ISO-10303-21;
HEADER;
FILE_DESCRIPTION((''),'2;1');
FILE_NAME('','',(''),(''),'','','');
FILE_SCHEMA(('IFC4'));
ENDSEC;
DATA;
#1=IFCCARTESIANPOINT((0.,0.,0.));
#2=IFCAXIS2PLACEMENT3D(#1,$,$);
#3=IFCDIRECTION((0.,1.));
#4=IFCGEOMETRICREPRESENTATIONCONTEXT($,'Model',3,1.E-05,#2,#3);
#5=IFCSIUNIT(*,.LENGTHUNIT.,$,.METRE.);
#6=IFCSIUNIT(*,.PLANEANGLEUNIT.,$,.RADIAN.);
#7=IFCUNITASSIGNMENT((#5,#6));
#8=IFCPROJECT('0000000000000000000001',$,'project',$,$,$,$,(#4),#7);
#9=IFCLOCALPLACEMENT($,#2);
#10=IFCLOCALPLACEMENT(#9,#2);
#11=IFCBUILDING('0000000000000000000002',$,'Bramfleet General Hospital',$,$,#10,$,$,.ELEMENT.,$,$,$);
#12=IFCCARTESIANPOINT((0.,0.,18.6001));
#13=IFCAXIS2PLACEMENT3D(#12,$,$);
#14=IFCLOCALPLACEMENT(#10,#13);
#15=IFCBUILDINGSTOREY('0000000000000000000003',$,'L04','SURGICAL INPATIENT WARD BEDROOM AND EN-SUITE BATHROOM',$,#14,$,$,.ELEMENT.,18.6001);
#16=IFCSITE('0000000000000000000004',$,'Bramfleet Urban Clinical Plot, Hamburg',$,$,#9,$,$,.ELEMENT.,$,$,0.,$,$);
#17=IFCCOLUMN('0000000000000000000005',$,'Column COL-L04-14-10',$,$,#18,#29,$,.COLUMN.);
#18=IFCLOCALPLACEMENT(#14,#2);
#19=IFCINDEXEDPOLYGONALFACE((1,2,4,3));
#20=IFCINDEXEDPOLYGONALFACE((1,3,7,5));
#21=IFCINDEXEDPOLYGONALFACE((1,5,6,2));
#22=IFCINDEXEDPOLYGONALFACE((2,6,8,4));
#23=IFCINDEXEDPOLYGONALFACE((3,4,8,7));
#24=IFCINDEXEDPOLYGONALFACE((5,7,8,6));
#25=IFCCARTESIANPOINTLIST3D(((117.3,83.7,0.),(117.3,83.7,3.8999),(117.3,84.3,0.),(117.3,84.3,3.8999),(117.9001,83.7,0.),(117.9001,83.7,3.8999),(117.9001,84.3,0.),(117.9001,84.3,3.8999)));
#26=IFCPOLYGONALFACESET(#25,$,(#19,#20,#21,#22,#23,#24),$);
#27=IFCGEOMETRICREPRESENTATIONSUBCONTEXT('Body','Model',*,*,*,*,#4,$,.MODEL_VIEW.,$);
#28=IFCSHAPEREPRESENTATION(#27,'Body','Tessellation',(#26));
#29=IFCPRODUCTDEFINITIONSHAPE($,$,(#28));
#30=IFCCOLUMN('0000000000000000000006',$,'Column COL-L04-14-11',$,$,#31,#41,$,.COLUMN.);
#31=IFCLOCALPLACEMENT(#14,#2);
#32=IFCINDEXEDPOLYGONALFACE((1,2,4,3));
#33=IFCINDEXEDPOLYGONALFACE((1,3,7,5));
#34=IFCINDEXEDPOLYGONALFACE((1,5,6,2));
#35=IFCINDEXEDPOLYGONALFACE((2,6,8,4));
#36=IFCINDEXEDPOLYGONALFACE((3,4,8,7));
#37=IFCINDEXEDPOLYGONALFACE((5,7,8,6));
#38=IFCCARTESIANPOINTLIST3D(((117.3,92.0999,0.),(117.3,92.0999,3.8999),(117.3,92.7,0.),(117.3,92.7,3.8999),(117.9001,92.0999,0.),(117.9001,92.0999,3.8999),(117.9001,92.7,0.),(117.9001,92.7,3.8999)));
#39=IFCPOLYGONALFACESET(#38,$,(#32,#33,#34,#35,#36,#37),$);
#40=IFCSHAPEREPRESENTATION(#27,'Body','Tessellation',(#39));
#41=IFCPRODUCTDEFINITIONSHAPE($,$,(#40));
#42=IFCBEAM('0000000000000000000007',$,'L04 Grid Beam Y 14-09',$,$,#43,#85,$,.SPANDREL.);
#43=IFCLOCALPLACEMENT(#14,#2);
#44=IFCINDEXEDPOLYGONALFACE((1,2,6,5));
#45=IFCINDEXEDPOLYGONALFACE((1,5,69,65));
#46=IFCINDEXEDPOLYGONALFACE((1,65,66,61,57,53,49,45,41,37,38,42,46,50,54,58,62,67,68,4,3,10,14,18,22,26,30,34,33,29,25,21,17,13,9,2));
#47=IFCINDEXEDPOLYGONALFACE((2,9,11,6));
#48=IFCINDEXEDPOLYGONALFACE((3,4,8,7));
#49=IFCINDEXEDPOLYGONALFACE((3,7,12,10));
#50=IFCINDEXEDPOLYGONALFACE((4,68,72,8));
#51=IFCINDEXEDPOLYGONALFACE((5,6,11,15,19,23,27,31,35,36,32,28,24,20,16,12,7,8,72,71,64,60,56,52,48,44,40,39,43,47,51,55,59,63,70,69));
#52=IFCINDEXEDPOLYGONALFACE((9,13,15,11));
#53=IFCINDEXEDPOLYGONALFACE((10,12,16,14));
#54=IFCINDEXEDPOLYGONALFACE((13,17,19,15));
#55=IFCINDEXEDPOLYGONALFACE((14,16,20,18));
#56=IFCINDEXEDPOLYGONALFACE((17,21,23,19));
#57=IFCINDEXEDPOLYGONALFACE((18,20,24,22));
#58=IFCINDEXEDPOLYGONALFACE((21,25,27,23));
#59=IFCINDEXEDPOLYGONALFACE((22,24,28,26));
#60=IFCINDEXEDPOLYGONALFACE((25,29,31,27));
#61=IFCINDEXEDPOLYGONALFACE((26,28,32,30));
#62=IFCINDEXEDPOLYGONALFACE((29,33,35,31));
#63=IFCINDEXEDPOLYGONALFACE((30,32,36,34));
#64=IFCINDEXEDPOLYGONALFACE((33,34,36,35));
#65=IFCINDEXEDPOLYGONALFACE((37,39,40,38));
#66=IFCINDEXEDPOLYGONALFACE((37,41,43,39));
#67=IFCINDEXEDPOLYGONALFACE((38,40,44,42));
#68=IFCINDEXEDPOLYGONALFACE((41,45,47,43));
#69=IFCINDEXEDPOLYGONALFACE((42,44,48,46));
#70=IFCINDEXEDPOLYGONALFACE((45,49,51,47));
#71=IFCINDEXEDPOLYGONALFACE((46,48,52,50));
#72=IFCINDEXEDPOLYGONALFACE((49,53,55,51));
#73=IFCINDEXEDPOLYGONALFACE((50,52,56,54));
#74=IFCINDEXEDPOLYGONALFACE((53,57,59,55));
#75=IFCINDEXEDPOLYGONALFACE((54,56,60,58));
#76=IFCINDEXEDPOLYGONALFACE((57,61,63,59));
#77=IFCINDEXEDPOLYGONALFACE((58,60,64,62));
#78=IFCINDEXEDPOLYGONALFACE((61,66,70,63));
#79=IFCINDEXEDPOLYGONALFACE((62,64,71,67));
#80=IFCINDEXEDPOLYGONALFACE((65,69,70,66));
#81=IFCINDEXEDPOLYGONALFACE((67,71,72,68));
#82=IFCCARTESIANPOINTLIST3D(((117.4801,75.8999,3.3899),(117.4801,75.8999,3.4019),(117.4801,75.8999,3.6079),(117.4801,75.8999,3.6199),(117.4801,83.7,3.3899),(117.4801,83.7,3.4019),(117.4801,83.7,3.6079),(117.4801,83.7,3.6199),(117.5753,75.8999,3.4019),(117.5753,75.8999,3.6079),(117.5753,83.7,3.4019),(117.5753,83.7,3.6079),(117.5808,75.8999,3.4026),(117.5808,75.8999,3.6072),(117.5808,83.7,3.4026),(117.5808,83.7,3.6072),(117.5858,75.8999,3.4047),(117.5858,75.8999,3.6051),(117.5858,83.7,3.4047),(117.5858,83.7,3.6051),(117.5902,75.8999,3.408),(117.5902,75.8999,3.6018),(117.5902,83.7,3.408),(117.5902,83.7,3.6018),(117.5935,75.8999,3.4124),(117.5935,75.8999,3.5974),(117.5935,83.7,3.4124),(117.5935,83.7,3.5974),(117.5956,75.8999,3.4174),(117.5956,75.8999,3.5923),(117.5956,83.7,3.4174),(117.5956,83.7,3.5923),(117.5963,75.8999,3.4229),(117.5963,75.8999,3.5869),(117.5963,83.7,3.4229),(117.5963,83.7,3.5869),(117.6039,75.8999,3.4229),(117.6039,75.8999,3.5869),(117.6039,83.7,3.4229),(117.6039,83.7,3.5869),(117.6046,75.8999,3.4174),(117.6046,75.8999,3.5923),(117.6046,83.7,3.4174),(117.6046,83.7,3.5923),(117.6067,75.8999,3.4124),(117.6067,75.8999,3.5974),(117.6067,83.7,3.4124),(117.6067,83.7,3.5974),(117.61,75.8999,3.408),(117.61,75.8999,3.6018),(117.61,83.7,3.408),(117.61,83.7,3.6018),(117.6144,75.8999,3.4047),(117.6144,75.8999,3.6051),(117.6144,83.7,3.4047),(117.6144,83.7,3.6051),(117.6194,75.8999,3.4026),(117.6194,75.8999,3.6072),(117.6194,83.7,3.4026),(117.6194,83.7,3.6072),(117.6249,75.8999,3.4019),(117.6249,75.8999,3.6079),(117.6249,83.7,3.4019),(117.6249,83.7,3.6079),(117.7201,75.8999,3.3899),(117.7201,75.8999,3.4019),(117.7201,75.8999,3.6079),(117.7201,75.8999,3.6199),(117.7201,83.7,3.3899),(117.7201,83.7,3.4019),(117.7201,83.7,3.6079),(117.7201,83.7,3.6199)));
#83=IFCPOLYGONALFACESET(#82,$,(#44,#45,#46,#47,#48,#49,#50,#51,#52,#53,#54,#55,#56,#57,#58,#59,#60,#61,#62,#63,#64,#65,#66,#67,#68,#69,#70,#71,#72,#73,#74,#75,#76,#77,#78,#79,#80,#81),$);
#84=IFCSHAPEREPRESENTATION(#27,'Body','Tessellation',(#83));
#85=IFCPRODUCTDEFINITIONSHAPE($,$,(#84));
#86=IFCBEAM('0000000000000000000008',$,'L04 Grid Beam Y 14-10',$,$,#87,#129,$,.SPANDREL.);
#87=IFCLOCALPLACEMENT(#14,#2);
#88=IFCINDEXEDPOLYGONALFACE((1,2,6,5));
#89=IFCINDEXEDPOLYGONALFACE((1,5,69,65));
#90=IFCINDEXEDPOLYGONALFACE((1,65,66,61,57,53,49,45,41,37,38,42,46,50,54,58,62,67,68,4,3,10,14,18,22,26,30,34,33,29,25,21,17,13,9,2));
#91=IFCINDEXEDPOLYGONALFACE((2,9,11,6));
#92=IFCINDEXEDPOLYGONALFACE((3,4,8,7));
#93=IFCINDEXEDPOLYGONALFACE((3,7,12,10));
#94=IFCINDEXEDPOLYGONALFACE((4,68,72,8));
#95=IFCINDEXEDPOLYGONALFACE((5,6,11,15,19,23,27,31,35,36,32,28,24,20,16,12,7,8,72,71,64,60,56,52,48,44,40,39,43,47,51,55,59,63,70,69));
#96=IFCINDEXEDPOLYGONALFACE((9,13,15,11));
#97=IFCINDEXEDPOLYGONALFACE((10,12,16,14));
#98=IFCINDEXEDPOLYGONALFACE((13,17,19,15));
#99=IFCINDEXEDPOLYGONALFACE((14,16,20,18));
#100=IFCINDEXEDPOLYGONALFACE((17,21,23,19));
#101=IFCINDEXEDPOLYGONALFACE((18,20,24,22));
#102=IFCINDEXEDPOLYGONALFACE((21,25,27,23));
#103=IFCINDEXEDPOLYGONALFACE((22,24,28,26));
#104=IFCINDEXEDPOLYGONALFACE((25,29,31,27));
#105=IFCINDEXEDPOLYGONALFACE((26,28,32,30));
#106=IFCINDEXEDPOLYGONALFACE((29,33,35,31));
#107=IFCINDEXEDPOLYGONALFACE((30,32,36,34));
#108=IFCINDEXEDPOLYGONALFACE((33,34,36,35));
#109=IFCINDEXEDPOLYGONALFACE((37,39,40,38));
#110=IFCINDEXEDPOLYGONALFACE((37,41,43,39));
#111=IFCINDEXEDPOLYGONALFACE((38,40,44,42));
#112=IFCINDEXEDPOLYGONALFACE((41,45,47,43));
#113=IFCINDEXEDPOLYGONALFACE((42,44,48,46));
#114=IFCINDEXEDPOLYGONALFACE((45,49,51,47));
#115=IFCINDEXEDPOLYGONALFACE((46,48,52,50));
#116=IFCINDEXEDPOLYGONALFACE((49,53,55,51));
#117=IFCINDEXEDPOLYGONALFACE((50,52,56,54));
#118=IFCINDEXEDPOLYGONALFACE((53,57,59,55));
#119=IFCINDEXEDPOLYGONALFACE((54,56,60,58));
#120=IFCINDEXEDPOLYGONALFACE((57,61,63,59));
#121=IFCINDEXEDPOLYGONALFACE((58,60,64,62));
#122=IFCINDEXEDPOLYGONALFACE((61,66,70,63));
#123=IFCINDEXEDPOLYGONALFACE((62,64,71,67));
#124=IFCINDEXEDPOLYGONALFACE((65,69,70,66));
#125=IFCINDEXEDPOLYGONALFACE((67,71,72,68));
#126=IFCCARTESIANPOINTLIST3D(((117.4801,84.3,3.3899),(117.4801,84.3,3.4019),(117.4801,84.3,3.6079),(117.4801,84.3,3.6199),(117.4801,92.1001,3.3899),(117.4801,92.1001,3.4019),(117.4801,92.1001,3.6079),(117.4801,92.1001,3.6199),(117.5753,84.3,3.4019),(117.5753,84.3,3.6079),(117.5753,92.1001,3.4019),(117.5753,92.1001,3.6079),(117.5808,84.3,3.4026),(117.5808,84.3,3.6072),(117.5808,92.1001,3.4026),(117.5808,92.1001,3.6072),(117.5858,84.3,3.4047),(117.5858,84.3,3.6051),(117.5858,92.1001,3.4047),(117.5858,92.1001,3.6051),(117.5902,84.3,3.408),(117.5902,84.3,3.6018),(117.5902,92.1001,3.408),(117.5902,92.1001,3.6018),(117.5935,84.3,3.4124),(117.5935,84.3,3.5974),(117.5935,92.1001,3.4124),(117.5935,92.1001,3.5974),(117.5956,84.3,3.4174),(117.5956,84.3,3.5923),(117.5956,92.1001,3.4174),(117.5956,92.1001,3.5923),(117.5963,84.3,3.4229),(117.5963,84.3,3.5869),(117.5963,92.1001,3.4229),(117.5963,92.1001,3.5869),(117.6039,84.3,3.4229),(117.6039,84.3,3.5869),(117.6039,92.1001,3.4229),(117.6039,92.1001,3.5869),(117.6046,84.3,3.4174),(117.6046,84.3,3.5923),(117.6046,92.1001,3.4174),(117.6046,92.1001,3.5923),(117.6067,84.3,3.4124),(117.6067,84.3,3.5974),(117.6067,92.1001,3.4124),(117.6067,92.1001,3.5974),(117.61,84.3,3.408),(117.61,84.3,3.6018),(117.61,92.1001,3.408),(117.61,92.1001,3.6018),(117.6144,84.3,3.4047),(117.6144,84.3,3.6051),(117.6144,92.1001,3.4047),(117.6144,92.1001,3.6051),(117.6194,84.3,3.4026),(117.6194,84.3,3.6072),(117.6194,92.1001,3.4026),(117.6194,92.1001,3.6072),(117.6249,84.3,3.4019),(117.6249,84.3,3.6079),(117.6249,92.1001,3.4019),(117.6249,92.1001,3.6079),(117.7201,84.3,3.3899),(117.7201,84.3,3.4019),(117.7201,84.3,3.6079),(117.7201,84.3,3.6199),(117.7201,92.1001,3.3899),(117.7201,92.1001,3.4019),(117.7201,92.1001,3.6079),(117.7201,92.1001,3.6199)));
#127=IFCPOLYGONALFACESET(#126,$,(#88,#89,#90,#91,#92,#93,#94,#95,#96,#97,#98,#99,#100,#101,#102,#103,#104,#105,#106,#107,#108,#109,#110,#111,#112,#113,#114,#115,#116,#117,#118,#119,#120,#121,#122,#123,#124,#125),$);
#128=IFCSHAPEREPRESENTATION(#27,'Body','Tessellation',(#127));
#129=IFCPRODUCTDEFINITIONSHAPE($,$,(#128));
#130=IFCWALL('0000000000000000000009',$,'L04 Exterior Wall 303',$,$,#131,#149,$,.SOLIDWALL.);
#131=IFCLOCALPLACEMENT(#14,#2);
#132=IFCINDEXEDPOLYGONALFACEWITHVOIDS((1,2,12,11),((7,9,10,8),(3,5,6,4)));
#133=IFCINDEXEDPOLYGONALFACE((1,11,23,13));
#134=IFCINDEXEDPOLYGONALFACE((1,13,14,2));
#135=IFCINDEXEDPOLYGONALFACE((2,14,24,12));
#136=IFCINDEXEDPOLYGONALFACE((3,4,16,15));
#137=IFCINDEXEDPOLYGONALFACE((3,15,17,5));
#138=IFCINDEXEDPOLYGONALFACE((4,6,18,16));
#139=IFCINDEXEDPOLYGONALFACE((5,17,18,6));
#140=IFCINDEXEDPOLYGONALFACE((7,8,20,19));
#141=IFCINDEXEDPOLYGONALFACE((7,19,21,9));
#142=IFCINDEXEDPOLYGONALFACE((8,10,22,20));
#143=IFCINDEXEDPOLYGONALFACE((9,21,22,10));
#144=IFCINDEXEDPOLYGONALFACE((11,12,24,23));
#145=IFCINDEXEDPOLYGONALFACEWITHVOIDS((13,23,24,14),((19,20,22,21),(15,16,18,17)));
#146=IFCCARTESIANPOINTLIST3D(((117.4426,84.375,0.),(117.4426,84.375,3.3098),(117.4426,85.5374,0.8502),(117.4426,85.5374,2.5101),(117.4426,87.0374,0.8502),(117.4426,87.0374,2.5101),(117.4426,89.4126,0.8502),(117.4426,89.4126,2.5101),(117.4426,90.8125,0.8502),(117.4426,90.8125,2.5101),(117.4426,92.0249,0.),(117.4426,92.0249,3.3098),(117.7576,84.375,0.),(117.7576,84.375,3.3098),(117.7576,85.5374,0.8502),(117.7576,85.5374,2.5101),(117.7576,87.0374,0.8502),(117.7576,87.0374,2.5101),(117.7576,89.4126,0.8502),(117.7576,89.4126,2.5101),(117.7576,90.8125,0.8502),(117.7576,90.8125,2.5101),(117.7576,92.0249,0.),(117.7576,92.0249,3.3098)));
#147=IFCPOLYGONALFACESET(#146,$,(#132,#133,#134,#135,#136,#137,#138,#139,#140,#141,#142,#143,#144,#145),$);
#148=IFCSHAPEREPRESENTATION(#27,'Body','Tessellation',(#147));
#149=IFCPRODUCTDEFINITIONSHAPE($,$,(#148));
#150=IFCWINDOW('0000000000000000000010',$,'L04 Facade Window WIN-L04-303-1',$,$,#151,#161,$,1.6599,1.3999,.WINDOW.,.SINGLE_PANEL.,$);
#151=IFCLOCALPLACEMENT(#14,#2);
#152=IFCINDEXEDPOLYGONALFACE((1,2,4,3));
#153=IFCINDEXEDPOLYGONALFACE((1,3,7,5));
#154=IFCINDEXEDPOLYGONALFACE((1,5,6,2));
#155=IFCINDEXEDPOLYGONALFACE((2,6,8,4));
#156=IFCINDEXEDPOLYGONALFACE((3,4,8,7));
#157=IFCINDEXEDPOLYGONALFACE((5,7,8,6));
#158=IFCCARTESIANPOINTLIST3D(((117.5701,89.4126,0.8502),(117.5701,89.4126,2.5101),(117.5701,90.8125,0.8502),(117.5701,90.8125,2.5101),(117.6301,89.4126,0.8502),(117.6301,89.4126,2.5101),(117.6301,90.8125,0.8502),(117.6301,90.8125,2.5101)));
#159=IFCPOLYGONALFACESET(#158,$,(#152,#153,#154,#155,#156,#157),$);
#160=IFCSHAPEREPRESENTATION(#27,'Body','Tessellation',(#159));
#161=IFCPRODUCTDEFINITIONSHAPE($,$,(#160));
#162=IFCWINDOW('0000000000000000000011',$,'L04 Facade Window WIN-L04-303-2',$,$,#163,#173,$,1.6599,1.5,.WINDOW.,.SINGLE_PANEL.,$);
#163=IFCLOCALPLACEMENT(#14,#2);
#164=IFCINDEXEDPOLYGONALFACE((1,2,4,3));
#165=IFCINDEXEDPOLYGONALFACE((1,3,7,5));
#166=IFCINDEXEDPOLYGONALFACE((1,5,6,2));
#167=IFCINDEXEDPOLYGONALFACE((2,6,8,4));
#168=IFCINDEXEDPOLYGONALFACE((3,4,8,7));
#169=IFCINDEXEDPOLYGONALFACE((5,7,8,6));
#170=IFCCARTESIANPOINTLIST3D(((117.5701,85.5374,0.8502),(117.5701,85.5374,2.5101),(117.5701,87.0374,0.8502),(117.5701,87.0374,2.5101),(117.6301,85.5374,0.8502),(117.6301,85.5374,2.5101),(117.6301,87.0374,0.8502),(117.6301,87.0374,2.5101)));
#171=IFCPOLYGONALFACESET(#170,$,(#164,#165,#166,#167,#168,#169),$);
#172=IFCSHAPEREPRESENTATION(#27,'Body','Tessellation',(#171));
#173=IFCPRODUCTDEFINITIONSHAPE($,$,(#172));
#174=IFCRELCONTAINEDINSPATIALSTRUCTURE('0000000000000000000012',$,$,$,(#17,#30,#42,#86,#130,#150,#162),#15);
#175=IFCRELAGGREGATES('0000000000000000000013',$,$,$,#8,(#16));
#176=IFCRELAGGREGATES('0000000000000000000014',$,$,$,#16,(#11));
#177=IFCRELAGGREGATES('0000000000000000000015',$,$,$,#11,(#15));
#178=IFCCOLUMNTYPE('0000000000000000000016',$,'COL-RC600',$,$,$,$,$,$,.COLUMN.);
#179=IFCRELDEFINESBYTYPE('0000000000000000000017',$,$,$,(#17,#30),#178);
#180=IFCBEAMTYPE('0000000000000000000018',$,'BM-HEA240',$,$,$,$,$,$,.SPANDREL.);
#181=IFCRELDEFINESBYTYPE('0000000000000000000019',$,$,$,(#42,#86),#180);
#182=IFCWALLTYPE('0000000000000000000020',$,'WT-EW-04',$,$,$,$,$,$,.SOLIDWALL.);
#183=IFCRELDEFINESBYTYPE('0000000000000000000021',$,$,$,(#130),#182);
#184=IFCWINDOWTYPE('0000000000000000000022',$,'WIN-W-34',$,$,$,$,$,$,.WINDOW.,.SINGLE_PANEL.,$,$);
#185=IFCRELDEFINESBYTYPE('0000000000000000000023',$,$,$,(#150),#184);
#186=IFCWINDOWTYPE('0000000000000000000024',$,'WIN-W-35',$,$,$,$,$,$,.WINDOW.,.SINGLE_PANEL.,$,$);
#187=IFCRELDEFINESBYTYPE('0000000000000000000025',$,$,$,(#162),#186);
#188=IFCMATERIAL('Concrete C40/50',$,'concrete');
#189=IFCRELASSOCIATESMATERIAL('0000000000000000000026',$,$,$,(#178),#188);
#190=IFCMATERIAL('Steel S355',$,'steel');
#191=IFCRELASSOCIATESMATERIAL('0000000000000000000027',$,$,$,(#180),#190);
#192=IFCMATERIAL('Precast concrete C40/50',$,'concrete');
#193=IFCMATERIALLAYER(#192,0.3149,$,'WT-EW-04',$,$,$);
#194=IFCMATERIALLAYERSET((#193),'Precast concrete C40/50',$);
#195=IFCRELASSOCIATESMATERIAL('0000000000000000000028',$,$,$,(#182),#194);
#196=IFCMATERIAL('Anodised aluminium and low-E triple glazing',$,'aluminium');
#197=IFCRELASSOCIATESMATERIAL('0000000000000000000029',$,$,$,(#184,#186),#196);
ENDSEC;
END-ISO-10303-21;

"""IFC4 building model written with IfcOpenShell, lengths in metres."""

from ifc_helpers import new_model, si_unit, direction, frame, frame_2d, origin, origin_2d, place, context, subcontext, project, spatial, rectangle, i_section, extrude, material, layer, layer_set, material_profile, profile_set, type_object, element, fill, save


model = new_model("IFC4")

# Units and contexts
model_context = context("Model", 3, precision=1e-05, world=origin(), true_north=direction((0.0, 1.0)))
body_context = subcontext(model_context, "Body", "Model", "MODEL_VIEW")
ifc_project = project(units=[si_unit("LENGTHUNIT", "METRE"), si_unit("PLANEANGLEUNIT", "RADIAN")], contexts=[model_context])

# Site, building, storey
site_placement = place(None, origin())
site = spatial("IfcSite", under=ifc_project, at=site_placement, Name="Bramfleet Urban Clinical Plot, Hamburg", CompositionType="ELEMENT", RefElevation=0.0)
building_placement = place(site_placement, origin())
building = spatial("IfcBuilding", under=site, at=building_placement, Name="Bramfleet General Hospital", CompositionType="ELEMENT")
storey_placement = place(building_placement, frame((0.0, 0.0, 18.6001)))
storey = spatial("IfcBuildingStorey", under=building, at=storey_placement, Name="L04", Description="SURGICAL INPATIENT WARD BEDROOM AND EN-SUITE BATHROOM", CompositionType="ELEMENT", Elevation=18.6001)

# Columns
ifc_material_1 = material(Name="Concrete C40/50", Category="concrete")
ifc_material_profile_1 = material_profile(ifc_material_1, rectangle(XDim=0.6001, YDim=0.6001, at=origin_2d()), Name="RC COL 600x600")
ifc_profile_set_1 = profile_set([ifc_material_profile_1], Name="Concrete C40/50")
column_type = type_object("IfcColumnType", Name="COL-RC600", PredefinedType="COLUMN", material=ifc_profile_set_1)
for number, where, z_axis, x_axis, name in (
    (1, (117.6001, 84.0, 0.0), (0.0, 0.0, 1.0), (1.0, 0.0, 0.0), "Column COL-L04-14-10"),
    (2, (117.6001, 92.3999, 0.0), (0.0, 0.0, 1.0), (1.0, 0.0, 0.0), "Column COL-L04-14-11"),
):
    element("IfcColumn", number, at=place(storey_placement, frame(where, z_axis=z_axis, x_axis=x_axis)), inside=storey, type_object=column_type, Name=name, PredefinedType="COLUMN", context=body_context, shape_type="SweptSolid", body=[
        extrude(rectangle(XDim=0.6001, YDim=0.6001, at=origin_2d()), origin(), (0.0, 0.0, 1.0), 3.8999),
    ])

# Beams
ifc_material_2 = material(Name="Steel S355", Category="steel")
ifc_material_profile_2 = material_profile(ifc_material_2, i_section(OverallWidth=0.24, OverallDepth=0.23, WebThickness=0.0076, FlangeThickness=0.012, FilletRadius=0.021, at=origin_2d()), Name="HEA 240")
ifc_profile_set_2 = profile_set([ifc_material_profile_2], Name="Steel S355")
beam_type = type_object("IfcBeamType", Name="BM-HEA240", PredefinedType="SPANDREL", material=ifc_profile_set_2)
for number, where, z_axis, x_axis, name in (
    (3, (117.6001, 75.8999, 3.5049), (0.0, 1.0, 0.0), (-1.0, 0.0, 0.0), "L04 Grid Beam Y 14-09"),
    (4, (117.6001, 84.3, 3.5049), (0.0, 1.0, 0.0), (-1.0, 0.0, 0.0), "L04 Grid Beam Y 14-10"),
):
    element("IfcBeam", number, at=place(storey_placement, frame(where, z_axis=z_axis, x_axis=x_axis)), inside=storey, type_object=beam_type, Name=name, PredefinedType="SPANDREL", context=body_context, shape_type="SweptSolid", body=[
        extrude(i_section(OverallWidth=0.24, OverallDepth=0.23, WebThickness=0.0076, FlangeThickness=0.012, FilletRadius=0.021, at=origin_2d()), origin(), (0.0, 0.0, 1.0), 7.8),
    ])

# Wall, openings, windows
ifc_material_3 = material(Name="Precast concrete C40/50", Category="concrete")
ifc_layer_1 = layer(ifc_material_3, 0.3149, Name="WT-EW-04")
ifc_layer_set_1 = layer_set([ifc_layer_1], Name="Precast concrete C40/50")
wall_type_1 = type_object("IfcWallType", Name="WT-EW-04", PredefinedType="SOLIDWALL", material=ifc_layer_set_1)
wall_1_placement = place(storey_placement, frame((117.6001, 92.0249, 0.0), z_axis=(0.0, 0.0, 1.0), x_axis=(0.0, -1.0, 0.0)))
wall_1 = element("IfcWall", 5, at=wall_1_placement, inside=storey, type_object=wall_type_1, Name="L04 Exterior Wall 303", PredefinedType="SOLIDWALL", context=body_context, shape_type="SweptSolid", body=[
    extrude(rectangle(XDim=7.6499, YDim=0.3149, at=frame_2d((3.825, 0.0))), origin(), (0.0, 0.0, 1.0), 3.3098),
])
opening_1_placement = place(wall_1_placement, frame((1.2124, 0.0, 0.8501)))
opening_1 = element("IfcOpeningElement", 6, at=opening_1_placement, cuts=wall_1, PredefinedType="OPENING", context=body_context, shape_type="SweptSolid", body=[
    extrude(rectangle(XDim=1.3999, YDim=1.6599, at=frame_2d((0.7, 0.8301))), frame((0.0, 0.1675, 0.0), z_axis=(0.0, -1.0, 0.0), x_axis=(1.0, 0.0, 0.0)), (0.0, 0.0, 1.0), 0.335),
])
opening_2_placement = place(wall_1_placement, frame((4.9875, 0.0, 0.8501)))
opening_2 = element("IfcOpeningElement", 7, at=opening_2_placement, cuts=wall_1, PredefinedType="OPENING", context=body_context, shape_type="SweptSolid", body=[
    extrude(rectangle(XDim=1.5, YDim=1.6599, at=frame_2d((0.75, 0.8301))), frame((0.0, 0.1675, 0.0), z_axis=(0.0, -1.0, 0.0), x_axis=(1.0, 0.0, 0.0)), (0.0, 0.0, 1.0), 0.335),
])
ifc_material_4 = material(Name="Anodised aluminium and low-E triple glazing", Category="aluminium")
window_type_1 = type_object("IfcWindowType", Name="WIN-W-34", PartitioningType="SINGLE_PANEL", PredefinedType="WINDOW", material=ifc_material_4)
window_1_placement = place(opening_1_placement, origin())
window_1 = element("IfcWindow", 8, at=window_1_placement, inside=storey, type_object=window_type_1, Name="L04 Facade Window WIN-L04-303-1", OverallHeight=1.6599, OverallWidth=1.3999, PartitioningType="SINGLE_PANEL", PredefinedType="WINDOW", context=body_context, shape_type="SweptSolid", body=[
    extrude(rectangle(XDim=1.3999, YDim=1.6599, at=frame_2d((0.7, 0.8301))), frame((0.0, 0.03, 0.0), z_axis=(0.0, -1.0, 0.0), x_axis=(1.0, 0.0, 0.0)), (0.0, 0.0, 1.0), 0.0601),
])
fill(opening_1, window_1)
window_type_2 = type_object("IfcWindowType", Name="WIN-W-35", PartitioningType="SINGLE_PANEL", PredefinedType="WINDOW", material=ifc_material_4)
window_2_placement = place(opening_2_placement, origin())
window_2 = element("IfcWindow", 9, at=window_2_placement, inside=storey, type_object=window_type_2, Name="L04 Facade Window WIN-L04-303-2", OverallHeight=1.6599, OverallWidth=1.5, PartitioningType="SINGLE_PANEL", PredefinedType="WINDOW", context=body_context, shape_type="SweptSolid", body=[
    extrude(rectangle(XDim=1.5, YDim=1.6599, at=frame_2d((0.75, 0.8301))), frame((0.0, 0.03, 0.0), z_axis=(0.0, -1.0, 0.0), x_axis=(1.0, 0.0, 0.0)), (0.0, 0.0, 1.0), 0.0601),
])
fill(opening_2, window_2)

save(model, "model.ifc")
